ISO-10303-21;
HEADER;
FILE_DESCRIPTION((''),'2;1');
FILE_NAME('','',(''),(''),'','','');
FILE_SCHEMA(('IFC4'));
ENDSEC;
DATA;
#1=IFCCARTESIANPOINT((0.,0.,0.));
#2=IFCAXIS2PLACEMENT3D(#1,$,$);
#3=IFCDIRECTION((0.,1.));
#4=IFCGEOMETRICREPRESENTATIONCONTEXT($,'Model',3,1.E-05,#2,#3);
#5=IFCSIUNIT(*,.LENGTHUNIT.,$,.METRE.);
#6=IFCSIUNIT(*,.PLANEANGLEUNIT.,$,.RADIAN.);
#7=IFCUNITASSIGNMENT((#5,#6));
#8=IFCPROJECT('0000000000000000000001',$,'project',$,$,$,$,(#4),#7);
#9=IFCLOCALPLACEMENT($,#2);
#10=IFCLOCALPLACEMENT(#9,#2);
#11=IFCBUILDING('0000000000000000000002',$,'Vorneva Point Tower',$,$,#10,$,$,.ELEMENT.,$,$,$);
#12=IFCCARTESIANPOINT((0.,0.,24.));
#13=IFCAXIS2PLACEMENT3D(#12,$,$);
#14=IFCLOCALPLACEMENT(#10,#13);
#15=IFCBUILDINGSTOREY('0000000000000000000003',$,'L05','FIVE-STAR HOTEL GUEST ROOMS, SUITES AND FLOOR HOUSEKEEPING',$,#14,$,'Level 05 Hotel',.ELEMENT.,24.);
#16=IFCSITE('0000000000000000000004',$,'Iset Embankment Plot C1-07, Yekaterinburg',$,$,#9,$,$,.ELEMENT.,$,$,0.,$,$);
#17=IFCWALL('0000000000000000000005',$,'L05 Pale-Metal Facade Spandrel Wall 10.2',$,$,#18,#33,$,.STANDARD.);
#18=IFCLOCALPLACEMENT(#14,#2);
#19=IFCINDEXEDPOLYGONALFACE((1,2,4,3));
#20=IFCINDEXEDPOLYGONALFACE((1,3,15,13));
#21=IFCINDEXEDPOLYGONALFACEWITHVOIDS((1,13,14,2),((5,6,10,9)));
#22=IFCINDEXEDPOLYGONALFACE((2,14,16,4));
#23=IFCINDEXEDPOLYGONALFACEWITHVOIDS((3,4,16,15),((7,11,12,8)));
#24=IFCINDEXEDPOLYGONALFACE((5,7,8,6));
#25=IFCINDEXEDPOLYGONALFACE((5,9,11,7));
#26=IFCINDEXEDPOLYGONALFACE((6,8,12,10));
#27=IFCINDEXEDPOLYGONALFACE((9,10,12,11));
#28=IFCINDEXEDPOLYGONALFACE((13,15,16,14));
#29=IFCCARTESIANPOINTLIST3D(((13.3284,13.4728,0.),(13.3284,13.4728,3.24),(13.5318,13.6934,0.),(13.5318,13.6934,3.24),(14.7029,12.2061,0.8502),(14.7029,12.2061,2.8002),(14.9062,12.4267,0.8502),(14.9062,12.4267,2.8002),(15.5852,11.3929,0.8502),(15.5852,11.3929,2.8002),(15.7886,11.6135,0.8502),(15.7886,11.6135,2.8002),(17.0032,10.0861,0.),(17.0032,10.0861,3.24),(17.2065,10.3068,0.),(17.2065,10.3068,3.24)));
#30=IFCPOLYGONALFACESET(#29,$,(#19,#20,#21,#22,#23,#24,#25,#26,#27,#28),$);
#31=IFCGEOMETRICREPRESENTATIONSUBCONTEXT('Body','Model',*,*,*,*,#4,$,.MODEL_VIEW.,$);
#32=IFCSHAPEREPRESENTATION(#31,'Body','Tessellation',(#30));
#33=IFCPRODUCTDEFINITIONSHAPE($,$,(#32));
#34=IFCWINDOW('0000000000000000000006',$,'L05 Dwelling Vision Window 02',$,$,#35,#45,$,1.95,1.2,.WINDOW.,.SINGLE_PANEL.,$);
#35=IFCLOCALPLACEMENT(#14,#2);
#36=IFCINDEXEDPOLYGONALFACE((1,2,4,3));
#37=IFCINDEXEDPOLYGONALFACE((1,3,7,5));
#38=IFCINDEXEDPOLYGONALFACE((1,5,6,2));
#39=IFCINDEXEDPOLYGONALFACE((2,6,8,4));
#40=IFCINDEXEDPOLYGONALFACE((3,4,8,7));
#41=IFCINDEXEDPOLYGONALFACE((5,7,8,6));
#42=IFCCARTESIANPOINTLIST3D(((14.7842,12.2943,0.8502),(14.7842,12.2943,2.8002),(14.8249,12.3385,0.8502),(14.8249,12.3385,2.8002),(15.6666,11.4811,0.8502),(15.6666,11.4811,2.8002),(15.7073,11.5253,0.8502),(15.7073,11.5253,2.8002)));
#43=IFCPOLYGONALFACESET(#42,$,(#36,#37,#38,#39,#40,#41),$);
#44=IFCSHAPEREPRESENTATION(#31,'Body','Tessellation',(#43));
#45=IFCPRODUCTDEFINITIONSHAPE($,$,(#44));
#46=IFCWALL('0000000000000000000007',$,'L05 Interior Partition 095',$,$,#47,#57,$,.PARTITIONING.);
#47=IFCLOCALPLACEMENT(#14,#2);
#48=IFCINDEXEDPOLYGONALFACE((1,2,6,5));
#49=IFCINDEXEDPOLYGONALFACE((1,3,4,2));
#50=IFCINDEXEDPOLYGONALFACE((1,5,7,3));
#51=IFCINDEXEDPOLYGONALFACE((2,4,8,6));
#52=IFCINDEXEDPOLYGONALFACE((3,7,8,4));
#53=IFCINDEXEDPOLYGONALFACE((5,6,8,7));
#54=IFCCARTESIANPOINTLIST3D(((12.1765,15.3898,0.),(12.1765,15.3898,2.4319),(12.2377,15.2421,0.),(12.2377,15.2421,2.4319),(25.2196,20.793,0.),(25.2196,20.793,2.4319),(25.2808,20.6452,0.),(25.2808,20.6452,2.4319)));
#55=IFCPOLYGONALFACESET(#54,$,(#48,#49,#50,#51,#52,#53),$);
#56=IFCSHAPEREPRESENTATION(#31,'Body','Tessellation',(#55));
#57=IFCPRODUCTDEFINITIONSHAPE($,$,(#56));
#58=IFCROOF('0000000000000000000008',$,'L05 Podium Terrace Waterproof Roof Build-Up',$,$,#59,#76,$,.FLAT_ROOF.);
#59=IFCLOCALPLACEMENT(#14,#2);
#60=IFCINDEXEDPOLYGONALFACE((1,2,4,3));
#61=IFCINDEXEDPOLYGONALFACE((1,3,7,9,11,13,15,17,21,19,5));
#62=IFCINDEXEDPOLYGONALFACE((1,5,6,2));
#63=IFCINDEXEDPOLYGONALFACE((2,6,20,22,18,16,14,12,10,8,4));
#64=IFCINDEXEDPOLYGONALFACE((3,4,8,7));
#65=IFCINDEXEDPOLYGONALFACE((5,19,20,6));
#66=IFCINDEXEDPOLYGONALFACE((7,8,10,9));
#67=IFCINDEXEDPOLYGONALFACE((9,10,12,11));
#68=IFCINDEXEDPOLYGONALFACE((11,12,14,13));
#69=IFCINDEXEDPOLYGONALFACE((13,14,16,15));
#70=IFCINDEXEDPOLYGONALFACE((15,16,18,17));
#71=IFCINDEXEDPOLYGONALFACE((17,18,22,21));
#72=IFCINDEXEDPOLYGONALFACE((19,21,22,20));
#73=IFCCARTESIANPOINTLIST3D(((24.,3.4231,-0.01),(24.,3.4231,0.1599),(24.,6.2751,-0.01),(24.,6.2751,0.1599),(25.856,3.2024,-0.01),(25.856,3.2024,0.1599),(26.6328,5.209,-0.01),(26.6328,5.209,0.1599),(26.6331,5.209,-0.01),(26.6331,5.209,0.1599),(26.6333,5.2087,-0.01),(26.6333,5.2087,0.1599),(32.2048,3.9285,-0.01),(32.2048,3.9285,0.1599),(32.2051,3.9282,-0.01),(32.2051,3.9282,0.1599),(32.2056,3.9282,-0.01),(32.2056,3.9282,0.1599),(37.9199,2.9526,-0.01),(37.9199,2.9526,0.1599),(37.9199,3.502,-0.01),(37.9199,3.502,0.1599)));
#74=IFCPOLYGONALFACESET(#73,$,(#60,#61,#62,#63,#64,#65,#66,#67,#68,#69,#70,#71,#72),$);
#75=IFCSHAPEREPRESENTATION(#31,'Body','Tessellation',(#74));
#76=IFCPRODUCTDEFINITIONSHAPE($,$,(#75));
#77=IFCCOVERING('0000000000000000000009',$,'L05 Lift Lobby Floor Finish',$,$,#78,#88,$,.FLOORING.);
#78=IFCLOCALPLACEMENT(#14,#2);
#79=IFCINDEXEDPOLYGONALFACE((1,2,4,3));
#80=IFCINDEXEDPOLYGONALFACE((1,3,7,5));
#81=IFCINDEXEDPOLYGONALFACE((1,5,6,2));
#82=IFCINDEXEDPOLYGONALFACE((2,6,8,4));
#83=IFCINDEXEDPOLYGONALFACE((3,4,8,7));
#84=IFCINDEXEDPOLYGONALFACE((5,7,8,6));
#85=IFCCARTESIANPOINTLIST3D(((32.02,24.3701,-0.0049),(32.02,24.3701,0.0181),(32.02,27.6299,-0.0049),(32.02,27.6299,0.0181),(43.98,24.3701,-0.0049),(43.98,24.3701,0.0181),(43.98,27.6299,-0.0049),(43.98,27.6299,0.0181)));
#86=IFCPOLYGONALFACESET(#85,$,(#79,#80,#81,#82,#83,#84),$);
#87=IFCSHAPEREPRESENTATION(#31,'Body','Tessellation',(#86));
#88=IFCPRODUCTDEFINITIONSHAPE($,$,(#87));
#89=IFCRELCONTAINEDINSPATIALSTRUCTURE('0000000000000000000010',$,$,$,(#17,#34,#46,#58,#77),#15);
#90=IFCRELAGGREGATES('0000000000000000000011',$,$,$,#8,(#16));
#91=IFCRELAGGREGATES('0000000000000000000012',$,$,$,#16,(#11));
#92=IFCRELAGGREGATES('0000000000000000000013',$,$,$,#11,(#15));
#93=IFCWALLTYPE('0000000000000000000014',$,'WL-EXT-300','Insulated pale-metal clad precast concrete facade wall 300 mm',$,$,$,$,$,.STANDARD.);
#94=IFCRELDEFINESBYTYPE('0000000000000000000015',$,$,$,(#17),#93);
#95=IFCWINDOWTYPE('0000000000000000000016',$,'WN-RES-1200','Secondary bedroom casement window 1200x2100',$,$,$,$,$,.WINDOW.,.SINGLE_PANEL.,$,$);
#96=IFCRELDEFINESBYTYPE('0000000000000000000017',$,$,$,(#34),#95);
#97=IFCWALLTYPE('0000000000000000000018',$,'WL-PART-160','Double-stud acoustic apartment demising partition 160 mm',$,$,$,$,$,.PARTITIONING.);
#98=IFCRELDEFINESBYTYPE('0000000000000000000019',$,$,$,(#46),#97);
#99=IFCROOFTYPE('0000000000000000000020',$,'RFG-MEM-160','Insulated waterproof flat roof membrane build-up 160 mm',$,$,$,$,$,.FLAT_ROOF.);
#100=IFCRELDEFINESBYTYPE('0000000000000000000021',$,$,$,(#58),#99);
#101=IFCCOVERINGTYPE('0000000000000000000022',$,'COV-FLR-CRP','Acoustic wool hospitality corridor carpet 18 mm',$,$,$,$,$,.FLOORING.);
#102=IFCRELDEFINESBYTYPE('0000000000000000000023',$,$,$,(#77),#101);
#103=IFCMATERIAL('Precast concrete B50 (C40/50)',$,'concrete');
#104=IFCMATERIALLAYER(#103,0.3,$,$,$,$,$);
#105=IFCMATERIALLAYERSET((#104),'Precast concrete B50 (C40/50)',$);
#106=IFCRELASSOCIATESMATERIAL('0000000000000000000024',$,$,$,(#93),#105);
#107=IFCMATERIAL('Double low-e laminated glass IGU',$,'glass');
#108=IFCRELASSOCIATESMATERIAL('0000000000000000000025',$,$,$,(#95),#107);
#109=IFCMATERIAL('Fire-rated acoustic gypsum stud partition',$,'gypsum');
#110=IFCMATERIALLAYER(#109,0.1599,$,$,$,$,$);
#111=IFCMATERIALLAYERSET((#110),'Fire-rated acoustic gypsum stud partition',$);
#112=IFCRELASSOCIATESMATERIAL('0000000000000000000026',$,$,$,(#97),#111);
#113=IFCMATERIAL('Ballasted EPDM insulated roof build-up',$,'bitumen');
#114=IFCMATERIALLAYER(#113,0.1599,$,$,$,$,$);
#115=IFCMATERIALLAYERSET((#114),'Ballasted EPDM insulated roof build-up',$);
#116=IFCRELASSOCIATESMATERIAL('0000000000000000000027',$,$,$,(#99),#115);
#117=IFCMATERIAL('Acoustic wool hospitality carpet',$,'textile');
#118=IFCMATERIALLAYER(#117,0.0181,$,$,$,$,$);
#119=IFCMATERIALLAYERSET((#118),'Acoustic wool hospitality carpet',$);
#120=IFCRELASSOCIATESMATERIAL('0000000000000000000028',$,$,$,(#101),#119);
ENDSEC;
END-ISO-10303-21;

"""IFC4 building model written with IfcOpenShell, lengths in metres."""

from ifc_helpers import new_model, si_unit, direction, frame, frame_2d, origin, place, context, subcontext, project, spatial, polyline, rectangle, outline, extrude, material, layer, layer_set, type_object, element, fill, save


model = new_model("IFC4")

# Units and contexts
model_context = context("Model", 3, precision=1e-05, world=origin(), true_north=direction((0.0, 1.0)))
body_context = subcontext(model_context, "Body", "Model", "MODEL_VIEW")
ifc_project = project(units=[si_unit("LENGTHUNIT", "METRE"), si_unit("PLANEANGLEUNIT", "RADIAN")], contexts=[model_context])

# Site, building, storey
site_placement = place(None, origin())
site = spatial("IfcSite", under=ifc_project, at=site_placement, Name="Iset Embankment Plot C1-07, Yekaterinburg", CompositionType="ELEMENT", RefElevation=0.0)
building_placement = place(site_placement, origin())
building = spatial("IfcBuilding", under=site, at=building_placement, Name="Vorneva Point Tower", CompositionType="ELEMENT")
storey_placement = place(building_placement, frame((0.0, 0.0, 24.0)))
storey = spatial("IfcBuildingStorey", under=building, at=storey_placement, Name="L05", Description="FIVE-STAR HOTEL GUEST ROOMS, SUITES AND FLOOR HOUSEKEEPING", LongName="Level 05 Hotel", CompositionType="ELEMENT", Elevation=24.0)

# Shared definitions
ifc_material_1 = material(Name="Double low-e laminated glass IGU", Category="glass")

# Shared definitions
ifc_material_2 = material(Name="Precast concrete B50 (C40/50)", Category="concrete")
ifc_layer_1 = layer(ifc_material_2, 0.3)
ifc_layer_set_1 = layer_set([ifc_layer_1], Name="Precast concrete B50 (C40/50)")
wall_type_1 = type_object("IfcWallType", Name="WL-EXT-300", Description="Insulated pale-metal clad precast concrete facade wall 300 mm", PredefinedType="STANDARD", material=ifc_layer_set_1)

# Wall, opening, window
wall_1_placement = place(storey_placement, frame((13.4302, 13.583, 0.0), z_axis=(0.0, 0.0, 1.0), x_axis=(0.735343, -0.677696, 0.0)))
wall_1 = element("IfcWall", 1, at=wall_1_placement, inside=storey, type_object=wall_type_1, Name="L05 Pale-Metal Facade Spandrel Wall 10.2", PredefinedType="STANDARD", context=body_context, shape_type="SweptSolid", body=[
    extrude(rectangle(XDim=4.9973, YDim=0.3, at=frame_2d((2.4985, 0.0))), origin(), (0.0, 0.0, 1.0), 3.24),
])
opening_placement = place(wall_1_placement, frame((1.8689, 0.0, 0.8501)))
opening = element("IfcOpeningElement", 2, at=opening_placement, cuts=wall_1, PredefinedType="OPENING", context=body_context, shape_type="SweptSolid", body=[
    extrude(rectangle(XDim=1.2, YDim=1.95, at=frame_2d((0.6001, 0.9751))), frame((0.0, 0.165, 0.0), z_axis=(0.0, -1.0, 0.0), x_axis=(1.0, 0.0, 0.0)), (0.0, 0.0, 1.0), 0.3298),
])
window_type = type_object("IfcWindowType", Name="WN-RES-1200", Description="Secondary bedroom casement window 1200x2100", PartitioningType="SINGLE_PANEL", PredefinedType="WINDOW", material=ifc_material_1)
window_placement = place(opening_placement, origin())
window = element("IfcWindow", 3, at=window_placement, inside=storey, type_object=window_type, Name="L05 Dwelling Vision Window 02", OverallHeight=1.95, OverallWidth=1.2, PartitioningType="SINGLE_PANEL", PredefinedType="WINDOW", context=body_context, shape_type="SweptSolid", body=[
    extrude(rectangle(XDim=1.2, YDim=1.95, at=frame_2d((0.6001, 0.9751))), frame((0.0, 0.03, 0.0), z_axis=(0.0, -1.0, 0.0), x_axis=(1.0, 0.0, 0.0)), (0.0, 0.0, 1.0), 0.0601),
])
fill(opening, window)

# Wall
ifc_material_3 = material(Name="Fire-rated acoustic gypsum stud partition", Category="gypsum")
ifc_layer_2 = layer(ifc_material_3, 0.1599)
ifc_layer_set_2 = layer_set([ifc_layer_2], Name="Fire-rated acoustic gypsum stud partition")
wall_type_2 = type_object("IfcWallType", Name="WL-PART-160", Description="Double-stud acoustic apartment demising partition 160 mm", PredefinedType="PARTITIONING", material=ifc_layer_set_2)
wall_2_placement = place(storey_placement, frame((12.207, 15.3159, 0.0), z_axis=(0.0, 0.0, 1.0), x_axis=(0.923867, 0.382714, 0.0)))
element("IfcWall", 4, at=wall_2_placement, inside=storey, type_object=wall_type_2, Name="L05 Interior Partition 095", PredefinedType="PARTITIONING", context=body_context, shape_type="SweptSolid", body=[
    extrude(rectangle(XDim=14.1179, YDim=0.1599, at=frame_2d((7.0591, 0.0))), origin(), (0.0, 0.0, 1.0), 2.4319),
])

# Roof
ifc_material_4 = material(Name="Ballasted EPDM insulated roof build-up", Category="bitumen")
ifc_layer_3 = layer(ifc_material_4, 0.1599)
ifc_layer_set_3 = layer_set([ifc_layer_3], Name="Ballasted EPDM insulated roof build-up")
roof_type = type_object("IfcRoofType", Name="RFG-MEM-160", Description="Insulated waterproof flat roof membrane build-up 160 mm", PredefinedType="FLAT_ROOF", material=ifc_layer_set_3)
roof_placement = place(storey_placement, frame((0.0, 0.0, -0.01)))
element("IfcRoof", 5, at=roof_placement, inside=storey, type_object=roof_type, Name="L05 Podium Terrace Waterproof Roof Build-Up", PredefinedType="FLAT_ROOF", context=body_context, shape_type="SweptSolid", body=[
    extrude(outline(polyline([(37.9199, 2.9526), (37.9199, 3.502), (32.2056, 3.9282), (32.2051, 3.9282), (32.2048, 3.9285), (26.6333, 5.2087), (26.6331, 5.209), (26.6328, 5.209), (24.0, 6.2751), (24.0, 3.4231), (25.856, 3.2024), (37.9199, 2.9526)])), origin(), (0.0, 0.0, 1.0), 0.1699),
])

# Covering
ifc_material_5 = material(Name="Acoustic wool hospitality carpet", Category="textile")
ifc_layer_4 = layer(ifc_material_5, 0.0181)
ifc_layer_set_4 = layer_set([ifc_layer_4], Name="Acoustic wool hospitality carpet")
covering_type = type_object("IfcCoveringType", Name="COV-FLR-CRP", Description="Acoustic wool hospitality corridor carpet 18 mm", PredefinedType="FLOORING", material=ifc_layer_set_4)
covering_placement = place(storey_placement, frame((0.0, 0.0, -0.0049)))
element("IfcCovering", 6, at=covering_placement, inside=storey, type_object=covering_type, Name="L05 Lift Lobby Floor Finish", PredefinedType="FLOORING", context=body_context, shape_type="SweptSolid", body=[
    extrude(outline(polyline([(32.02, 24.3701), (43.98, 24.3701), (43.98, 27.6299), (32.02, 27.6299), (32.02, 24.3701)])), origin(), (0.0, 0.0, 1.0), 0.0229),
])

save(model, "model.ifc")
